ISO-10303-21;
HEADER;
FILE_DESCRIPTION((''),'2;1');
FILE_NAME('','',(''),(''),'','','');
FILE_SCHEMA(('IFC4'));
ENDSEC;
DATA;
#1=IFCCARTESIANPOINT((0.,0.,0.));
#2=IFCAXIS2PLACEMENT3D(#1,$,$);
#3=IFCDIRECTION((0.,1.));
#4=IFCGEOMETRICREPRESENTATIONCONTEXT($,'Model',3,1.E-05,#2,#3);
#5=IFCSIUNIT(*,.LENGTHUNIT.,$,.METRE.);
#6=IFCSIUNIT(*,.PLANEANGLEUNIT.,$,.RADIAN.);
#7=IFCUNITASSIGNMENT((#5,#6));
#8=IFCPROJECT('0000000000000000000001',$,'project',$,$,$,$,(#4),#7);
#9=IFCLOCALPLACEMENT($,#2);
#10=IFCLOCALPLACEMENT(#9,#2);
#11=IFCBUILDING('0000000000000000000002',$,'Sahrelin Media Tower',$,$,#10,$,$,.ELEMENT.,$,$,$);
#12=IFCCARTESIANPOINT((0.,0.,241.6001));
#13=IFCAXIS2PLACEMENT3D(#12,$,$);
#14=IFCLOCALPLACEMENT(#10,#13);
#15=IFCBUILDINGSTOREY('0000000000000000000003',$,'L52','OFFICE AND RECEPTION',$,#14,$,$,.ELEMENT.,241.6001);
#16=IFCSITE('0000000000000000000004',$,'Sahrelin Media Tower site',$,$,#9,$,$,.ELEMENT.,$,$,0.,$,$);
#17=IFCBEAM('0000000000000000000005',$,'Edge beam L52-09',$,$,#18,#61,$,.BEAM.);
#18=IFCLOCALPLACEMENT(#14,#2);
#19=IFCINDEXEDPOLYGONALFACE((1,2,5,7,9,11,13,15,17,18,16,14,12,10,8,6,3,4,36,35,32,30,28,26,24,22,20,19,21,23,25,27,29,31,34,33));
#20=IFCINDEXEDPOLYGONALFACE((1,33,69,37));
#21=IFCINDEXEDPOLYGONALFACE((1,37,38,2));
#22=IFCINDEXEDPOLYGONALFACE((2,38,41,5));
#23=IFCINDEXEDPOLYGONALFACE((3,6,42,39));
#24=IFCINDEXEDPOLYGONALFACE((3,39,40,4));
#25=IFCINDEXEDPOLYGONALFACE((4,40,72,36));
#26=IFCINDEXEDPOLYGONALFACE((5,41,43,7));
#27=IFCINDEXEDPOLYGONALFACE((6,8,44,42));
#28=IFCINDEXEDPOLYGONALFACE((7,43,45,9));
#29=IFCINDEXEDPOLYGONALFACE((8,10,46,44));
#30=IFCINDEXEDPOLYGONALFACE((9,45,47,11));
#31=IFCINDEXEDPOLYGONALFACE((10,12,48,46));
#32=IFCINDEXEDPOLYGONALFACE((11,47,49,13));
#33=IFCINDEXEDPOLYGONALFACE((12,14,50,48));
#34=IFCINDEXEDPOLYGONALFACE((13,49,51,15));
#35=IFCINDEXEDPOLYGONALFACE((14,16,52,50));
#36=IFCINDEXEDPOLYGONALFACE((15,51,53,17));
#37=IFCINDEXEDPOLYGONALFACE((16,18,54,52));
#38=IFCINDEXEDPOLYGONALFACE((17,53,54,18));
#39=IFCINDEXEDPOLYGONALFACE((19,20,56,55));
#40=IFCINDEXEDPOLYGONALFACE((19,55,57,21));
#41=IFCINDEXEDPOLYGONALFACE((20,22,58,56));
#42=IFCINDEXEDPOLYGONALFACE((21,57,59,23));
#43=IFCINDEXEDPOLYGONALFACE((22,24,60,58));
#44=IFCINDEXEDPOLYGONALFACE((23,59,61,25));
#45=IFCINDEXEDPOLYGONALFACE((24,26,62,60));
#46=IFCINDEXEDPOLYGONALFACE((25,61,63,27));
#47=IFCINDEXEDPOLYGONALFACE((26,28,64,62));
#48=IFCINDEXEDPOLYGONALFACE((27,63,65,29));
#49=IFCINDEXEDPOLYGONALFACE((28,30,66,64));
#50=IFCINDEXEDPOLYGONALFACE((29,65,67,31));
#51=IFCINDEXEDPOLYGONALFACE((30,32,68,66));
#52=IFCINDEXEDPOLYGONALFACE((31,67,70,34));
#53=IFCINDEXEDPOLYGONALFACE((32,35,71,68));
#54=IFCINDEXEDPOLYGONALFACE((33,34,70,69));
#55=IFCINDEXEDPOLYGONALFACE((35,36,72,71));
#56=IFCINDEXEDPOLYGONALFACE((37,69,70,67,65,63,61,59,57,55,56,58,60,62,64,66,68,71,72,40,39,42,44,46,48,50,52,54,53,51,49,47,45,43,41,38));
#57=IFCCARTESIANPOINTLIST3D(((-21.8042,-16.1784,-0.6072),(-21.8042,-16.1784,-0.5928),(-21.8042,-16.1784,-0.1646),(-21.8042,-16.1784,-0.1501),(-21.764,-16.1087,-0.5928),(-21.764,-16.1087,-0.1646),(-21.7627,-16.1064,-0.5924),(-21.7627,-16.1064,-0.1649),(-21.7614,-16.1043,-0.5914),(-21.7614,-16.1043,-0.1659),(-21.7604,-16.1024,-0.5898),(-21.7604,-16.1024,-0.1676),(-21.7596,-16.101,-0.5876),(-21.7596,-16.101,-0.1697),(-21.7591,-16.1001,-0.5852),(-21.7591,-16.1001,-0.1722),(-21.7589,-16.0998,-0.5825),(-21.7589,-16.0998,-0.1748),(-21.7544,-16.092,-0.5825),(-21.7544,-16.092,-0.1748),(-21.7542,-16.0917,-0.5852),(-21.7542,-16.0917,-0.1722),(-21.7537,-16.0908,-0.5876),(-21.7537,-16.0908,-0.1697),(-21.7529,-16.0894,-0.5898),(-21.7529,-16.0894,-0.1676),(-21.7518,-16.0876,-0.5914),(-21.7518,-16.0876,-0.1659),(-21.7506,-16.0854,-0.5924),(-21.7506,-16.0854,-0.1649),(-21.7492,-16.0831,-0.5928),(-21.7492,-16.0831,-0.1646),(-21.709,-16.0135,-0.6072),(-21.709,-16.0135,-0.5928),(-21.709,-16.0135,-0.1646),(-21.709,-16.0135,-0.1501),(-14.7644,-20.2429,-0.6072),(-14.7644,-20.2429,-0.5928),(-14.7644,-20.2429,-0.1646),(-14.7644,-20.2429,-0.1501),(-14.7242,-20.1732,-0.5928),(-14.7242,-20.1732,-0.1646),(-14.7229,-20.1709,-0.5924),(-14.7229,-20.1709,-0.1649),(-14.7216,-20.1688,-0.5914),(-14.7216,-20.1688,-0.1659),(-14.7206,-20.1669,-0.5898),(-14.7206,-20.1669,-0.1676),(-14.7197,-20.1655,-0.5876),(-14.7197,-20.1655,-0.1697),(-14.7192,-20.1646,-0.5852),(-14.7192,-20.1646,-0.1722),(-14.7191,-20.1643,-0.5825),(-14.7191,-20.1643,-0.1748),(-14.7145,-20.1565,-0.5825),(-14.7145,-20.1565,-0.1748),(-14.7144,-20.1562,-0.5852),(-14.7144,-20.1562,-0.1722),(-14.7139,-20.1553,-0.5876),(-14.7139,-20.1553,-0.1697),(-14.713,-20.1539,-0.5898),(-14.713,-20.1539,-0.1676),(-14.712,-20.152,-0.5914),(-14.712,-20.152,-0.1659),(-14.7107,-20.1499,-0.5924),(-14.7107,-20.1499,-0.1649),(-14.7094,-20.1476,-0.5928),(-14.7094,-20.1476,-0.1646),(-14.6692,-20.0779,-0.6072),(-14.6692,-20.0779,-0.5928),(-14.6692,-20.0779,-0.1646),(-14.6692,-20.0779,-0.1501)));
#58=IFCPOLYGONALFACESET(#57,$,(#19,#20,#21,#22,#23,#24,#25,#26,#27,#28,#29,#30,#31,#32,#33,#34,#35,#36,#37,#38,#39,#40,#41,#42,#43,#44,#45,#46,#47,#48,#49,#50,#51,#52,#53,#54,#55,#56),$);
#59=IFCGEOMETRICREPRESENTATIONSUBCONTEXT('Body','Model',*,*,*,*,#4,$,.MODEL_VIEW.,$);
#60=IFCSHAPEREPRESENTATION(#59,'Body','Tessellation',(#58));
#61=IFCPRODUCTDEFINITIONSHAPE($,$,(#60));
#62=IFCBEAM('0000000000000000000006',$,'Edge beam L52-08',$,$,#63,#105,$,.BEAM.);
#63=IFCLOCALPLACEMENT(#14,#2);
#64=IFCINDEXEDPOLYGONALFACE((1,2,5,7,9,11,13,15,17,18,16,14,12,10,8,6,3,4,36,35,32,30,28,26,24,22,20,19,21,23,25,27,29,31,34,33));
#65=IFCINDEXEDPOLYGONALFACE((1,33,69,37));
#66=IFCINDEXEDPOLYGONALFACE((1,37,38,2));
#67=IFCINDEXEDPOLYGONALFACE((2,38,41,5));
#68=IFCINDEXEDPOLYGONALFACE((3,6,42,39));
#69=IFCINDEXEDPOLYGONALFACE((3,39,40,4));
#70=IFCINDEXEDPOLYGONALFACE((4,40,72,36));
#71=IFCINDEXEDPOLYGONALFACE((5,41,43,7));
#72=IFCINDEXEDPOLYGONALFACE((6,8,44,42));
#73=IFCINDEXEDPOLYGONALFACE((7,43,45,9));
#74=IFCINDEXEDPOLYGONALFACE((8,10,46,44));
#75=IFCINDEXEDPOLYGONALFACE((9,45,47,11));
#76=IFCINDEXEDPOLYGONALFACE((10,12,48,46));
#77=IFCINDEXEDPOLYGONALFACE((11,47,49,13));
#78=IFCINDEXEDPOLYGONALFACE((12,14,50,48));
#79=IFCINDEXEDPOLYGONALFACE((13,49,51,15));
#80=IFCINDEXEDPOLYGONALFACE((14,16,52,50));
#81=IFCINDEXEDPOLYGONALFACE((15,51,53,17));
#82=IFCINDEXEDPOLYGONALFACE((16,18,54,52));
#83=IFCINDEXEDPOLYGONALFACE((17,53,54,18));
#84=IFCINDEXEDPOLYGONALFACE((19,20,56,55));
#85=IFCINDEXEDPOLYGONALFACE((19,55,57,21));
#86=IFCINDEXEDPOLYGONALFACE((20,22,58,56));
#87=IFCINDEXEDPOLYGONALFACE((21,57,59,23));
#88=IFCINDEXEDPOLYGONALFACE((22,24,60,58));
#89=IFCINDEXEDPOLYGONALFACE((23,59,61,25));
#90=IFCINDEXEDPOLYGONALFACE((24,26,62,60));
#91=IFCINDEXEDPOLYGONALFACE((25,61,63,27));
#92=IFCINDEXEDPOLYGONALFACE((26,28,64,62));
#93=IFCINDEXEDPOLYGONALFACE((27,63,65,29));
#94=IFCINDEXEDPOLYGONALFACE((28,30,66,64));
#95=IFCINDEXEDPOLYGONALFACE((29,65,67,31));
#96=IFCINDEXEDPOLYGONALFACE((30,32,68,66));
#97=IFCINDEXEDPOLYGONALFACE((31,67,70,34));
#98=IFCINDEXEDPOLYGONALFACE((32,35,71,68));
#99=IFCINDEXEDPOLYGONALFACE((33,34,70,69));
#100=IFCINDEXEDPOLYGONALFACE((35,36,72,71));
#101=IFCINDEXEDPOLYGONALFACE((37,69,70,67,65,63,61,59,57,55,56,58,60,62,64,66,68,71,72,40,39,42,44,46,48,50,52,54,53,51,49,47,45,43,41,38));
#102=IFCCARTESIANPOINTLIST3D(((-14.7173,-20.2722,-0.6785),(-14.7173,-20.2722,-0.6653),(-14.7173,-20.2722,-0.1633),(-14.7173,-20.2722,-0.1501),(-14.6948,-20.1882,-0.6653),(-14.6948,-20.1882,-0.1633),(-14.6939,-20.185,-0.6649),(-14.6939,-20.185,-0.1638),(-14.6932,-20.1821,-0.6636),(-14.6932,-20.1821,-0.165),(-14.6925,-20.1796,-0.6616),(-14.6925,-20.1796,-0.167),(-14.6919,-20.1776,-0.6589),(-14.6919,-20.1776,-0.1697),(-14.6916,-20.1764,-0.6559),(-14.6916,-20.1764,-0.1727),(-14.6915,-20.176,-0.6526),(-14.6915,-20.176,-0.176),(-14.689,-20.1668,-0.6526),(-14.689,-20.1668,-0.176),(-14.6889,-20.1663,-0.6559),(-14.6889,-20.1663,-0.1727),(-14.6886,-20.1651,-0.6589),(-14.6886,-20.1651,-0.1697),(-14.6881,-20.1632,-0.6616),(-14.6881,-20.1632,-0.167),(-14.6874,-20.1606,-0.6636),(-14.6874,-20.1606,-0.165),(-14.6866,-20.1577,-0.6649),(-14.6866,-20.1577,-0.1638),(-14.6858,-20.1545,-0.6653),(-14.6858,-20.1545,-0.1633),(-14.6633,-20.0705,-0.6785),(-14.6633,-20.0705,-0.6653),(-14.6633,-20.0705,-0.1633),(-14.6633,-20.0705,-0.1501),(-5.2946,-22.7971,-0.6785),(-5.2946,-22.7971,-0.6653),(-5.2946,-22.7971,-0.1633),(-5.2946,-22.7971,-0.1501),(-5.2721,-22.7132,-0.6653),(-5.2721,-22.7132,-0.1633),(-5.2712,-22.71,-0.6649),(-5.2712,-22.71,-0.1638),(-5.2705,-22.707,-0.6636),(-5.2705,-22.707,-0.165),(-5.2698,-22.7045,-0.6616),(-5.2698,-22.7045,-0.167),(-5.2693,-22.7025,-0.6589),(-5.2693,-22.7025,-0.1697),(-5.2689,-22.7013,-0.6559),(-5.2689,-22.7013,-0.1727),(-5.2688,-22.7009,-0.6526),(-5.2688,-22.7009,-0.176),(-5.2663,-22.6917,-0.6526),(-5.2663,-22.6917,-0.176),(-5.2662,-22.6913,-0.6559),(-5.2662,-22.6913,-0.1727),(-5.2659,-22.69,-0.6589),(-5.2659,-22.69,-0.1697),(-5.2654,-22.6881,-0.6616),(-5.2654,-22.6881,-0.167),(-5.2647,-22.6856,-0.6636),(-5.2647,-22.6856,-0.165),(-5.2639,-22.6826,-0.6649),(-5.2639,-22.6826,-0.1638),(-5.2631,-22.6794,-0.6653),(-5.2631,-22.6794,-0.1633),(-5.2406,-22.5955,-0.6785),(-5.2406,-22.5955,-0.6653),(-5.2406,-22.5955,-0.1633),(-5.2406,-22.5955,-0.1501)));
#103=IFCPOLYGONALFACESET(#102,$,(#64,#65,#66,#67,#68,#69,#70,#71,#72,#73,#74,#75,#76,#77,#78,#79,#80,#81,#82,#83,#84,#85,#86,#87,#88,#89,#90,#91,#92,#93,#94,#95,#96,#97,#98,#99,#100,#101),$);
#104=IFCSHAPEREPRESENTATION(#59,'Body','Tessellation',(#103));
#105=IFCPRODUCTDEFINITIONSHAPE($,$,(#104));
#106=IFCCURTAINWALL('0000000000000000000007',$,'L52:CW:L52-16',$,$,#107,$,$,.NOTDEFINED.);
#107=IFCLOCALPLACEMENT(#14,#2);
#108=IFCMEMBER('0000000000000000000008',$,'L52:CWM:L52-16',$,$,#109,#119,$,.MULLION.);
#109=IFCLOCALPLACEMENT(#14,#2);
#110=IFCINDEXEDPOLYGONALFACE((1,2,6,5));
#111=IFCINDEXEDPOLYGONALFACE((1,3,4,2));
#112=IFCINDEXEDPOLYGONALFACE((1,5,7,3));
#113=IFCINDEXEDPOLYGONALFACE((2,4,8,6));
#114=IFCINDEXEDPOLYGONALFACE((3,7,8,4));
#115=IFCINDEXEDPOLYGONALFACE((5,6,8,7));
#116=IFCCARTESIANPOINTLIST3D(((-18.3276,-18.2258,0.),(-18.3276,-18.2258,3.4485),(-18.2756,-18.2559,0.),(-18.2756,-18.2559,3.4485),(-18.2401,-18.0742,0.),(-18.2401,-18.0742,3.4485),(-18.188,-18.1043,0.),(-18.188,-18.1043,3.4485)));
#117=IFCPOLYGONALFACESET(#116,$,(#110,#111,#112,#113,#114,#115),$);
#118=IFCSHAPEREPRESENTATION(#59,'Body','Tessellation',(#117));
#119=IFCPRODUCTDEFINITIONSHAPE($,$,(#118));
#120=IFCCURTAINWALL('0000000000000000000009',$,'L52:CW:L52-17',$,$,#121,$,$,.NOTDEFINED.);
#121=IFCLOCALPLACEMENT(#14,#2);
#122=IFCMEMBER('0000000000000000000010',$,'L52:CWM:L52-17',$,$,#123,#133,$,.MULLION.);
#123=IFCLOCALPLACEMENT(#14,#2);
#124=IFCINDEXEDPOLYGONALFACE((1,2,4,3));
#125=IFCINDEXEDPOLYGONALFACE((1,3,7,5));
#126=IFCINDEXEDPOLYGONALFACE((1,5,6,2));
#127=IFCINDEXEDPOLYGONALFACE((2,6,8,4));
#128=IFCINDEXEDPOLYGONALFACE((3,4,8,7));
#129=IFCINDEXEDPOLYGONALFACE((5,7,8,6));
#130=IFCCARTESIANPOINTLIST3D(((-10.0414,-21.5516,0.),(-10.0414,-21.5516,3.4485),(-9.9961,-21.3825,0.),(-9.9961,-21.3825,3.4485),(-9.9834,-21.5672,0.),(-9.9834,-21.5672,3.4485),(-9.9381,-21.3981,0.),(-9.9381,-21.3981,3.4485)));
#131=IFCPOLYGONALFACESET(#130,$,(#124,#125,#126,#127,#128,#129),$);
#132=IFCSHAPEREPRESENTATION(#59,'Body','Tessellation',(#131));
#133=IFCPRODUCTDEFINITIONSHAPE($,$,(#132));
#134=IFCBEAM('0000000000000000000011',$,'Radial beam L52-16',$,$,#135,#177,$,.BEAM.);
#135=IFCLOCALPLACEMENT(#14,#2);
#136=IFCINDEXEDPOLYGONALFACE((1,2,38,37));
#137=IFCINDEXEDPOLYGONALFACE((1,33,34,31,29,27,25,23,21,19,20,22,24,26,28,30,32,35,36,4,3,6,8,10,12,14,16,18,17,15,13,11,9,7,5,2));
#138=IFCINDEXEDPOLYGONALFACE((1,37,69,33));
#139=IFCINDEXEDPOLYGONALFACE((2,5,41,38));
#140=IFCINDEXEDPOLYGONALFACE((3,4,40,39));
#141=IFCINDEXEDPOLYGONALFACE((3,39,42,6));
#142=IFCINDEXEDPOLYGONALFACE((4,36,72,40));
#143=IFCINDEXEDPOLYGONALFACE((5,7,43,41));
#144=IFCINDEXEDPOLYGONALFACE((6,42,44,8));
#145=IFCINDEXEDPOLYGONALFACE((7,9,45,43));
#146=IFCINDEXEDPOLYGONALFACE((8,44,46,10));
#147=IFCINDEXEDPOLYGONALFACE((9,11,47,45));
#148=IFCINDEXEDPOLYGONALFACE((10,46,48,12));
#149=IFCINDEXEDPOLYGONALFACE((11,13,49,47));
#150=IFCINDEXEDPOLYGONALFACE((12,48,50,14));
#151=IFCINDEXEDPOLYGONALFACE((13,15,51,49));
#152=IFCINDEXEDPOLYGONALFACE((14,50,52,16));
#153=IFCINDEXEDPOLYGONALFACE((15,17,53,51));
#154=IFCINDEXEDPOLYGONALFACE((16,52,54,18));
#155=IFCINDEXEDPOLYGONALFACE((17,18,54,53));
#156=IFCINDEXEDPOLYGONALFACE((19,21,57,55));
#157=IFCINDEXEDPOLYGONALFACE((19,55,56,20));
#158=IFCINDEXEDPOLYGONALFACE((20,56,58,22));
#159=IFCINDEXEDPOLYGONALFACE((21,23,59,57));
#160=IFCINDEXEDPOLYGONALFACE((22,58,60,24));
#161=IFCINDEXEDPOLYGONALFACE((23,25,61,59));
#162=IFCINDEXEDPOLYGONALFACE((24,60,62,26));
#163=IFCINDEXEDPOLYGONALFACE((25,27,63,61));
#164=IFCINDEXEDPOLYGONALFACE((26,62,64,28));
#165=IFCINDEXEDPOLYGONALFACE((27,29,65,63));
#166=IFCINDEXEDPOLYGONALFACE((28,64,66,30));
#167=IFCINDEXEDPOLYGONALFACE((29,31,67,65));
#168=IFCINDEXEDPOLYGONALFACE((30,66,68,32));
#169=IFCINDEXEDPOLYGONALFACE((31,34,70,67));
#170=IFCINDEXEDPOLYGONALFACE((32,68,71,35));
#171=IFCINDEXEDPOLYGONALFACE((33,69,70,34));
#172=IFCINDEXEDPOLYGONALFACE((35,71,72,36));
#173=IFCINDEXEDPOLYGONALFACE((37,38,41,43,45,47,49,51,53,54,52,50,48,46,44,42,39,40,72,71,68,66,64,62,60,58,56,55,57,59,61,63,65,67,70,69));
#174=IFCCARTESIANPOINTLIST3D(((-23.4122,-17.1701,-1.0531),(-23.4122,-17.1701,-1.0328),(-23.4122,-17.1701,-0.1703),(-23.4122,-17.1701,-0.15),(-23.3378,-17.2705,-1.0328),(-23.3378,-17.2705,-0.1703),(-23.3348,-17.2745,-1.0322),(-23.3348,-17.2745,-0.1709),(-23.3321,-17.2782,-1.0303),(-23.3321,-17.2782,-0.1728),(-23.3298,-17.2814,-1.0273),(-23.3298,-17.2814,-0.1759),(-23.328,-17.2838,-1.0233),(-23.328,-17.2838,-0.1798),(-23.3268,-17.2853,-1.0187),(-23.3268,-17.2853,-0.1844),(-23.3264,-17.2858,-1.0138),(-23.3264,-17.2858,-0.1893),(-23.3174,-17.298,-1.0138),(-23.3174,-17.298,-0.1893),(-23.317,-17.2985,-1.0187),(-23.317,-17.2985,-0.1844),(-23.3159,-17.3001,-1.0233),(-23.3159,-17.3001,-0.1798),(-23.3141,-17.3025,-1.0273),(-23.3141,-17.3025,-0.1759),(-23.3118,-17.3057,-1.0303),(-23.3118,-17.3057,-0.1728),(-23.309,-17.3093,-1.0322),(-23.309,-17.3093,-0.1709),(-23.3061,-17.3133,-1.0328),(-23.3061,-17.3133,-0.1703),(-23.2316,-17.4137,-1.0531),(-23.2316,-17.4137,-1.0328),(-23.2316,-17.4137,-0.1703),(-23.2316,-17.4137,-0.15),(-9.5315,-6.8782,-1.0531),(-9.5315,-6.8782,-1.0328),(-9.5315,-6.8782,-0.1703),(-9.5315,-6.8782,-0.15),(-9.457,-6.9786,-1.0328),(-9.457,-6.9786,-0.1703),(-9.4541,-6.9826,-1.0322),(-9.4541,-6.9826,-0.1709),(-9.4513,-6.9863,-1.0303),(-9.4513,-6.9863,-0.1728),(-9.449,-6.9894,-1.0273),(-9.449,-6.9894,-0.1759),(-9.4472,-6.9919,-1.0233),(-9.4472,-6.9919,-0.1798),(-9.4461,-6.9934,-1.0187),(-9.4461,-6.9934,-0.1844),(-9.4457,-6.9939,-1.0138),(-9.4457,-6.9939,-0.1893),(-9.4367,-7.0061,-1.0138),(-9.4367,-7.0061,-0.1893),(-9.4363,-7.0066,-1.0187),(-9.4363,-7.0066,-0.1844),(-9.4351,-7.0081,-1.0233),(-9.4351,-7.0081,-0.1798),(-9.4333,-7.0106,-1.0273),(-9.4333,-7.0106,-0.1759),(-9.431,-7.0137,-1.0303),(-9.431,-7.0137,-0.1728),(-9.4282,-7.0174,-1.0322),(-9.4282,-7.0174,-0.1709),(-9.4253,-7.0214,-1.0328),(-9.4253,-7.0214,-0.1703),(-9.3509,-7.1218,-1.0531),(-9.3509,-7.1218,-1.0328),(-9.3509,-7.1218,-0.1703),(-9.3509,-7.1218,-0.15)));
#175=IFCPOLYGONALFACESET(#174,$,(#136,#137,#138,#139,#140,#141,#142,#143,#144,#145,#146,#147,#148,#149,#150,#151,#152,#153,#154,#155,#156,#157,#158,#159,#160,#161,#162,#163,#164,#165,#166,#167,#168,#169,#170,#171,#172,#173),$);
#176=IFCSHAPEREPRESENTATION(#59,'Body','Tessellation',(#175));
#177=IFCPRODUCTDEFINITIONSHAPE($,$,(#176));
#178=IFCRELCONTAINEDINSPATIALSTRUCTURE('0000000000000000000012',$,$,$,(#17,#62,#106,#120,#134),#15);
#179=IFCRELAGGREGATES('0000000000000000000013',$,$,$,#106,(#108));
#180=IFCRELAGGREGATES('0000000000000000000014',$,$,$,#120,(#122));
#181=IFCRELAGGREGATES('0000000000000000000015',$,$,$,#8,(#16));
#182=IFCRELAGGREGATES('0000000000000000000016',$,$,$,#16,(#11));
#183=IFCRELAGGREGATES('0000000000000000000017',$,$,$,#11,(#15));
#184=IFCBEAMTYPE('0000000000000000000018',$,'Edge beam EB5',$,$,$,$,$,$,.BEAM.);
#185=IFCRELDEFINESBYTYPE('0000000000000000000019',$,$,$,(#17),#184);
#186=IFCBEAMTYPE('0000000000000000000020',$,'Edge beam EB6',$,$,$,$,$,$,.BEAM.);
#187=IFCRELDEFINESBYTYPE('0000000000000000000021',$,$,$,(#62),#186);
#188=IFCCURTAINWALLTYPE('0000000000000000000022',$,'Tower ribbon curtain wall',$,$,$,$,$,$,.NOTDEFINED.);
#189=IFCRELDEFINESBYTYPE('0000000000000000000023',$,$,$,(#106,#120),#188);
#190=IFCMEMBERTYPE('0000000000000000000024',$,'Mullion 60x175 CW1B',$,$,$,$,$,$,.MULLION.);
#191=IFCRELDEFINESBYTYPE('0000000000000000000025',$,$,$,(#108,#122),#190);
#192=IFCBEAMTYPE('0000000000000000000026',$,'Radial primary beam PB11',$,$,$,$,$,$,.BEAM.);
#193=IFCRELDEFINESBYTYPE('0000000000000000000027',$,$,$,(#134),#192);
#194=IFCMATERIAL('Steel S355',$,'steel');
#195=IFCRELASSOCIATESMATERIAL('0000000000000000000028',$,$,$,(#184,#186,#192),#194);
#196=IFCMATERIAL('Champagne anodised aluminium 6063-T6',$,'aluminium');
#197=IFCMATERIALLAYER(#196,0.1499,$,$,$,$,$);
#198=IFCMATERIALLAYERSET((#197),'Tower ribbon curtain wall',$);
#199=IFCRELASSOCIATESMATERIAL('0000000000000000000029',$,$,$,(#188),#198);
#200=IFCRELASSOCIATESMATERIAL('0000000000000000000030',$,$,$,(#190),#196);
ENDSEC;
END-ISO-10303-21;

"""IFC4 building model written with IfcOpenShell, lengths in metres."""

from ifc_helpers import new_model, si_unit, direction, frame, origin, origin_2d, place, context, subcontext, project, spatial, rectangle, i_section, extrude, material, layer, layer_set, material_profile, profile_set, type_object, element, aggregate, save


model = new_model("IFC4")

# Units and contexts
model_context = context("Model", 3, precision=1e-05, world=origin(), true_north=direction((0.0, 1.0)))
body_context = subcontext(model_context, "Body", "Model", "MODEL_VIEW")
ifc_project = project(units=[si_unit("LENGTHUNIT", "METRE"), si_unit("PLANEANGLEUNIT", "RADIAN")], contexts=[model_context])

# Site, building, storey
site_placement = place(None, origin())
site = spatial("IfcSite", under=ifc_project, at=site_placement, Name="Sahrelin Media Tower site", CompositionType="ELEMENT", RefElevation=0.0)
building_placement = place(site_placement, origin())
building = spatial("IfcBuilding", under=site, at=building_placement, Name="Sahrelin Media Tower", CompositionType="ELEMENT")
storey_placement = place(building_placement, frame((0.0, 0.0, 241.6001)))
storey = spatial("IfcBuildingStorey", under=building, at=storey_placement, Name="L52", Description="OFFICE AND RECEPTION", CompositionType="ELEMENT", Elevation=241.6001)

# Beams
ifc_material_1 = material(Name="Steel S355", Category="steel")
ifc_material_profile_1 = material_profile(ifc_material_1, i_section(OverallWidth=0.1904, OverallDepth=0.457, WebThickness=0.009, FlangeThickness=0.0144, FilletRadius=0.0103, at=origin_2d()), Name="UB 457x191x74")
ifc_profile_set_1 = profile_set([ifc_material_profile_1], Name="Steel S355")
beam_type_1 = type_object("IfcBeamType", Name="Edge beam EB5", PredefinedType="BEAM", material=ifc_profile_set_1)
beam_1_placement = place(storey_placement, frame((-14.7168, -20.1604, -0.3787), z_axis=(-0.866024, 0.500002, 0.0), x_axis=(-0.500002, -0.866024, 0.0)))
element("IfcBeam", 1, at=beam_1_placement, inside=storey, type_object=beam_type_1, Name="Edge beam L52-09", PredefinedType="BEAM", context=body_context, shape_type="SweptSolid", body=[
    extrude(i_section(OverallWidth=0.1904, OverallDepth=0.457, WebThickness=0.009, FlangeThickness=0.0144, FilletRadius=0.0103, at=origin_2d()), origin(), (0.0, 0.0, 1.0), 8.1289),
])
ifc_material_profile_2 = material_profile(ifc_material_1, i_section(OverallWidth=0.2087, OverallDepth=0.5283, WebThickness=0.0095, FlangeThickness=0.0132, FilletRadius=0.0127, at=origin_2d()), Name="UB 533x210x82")
ifc_profile_set_2 = profile_set([ifc_material_profile_2], Name="Steel S355")
beam_type_2 = type_object("IfcBeamType", Name="Edge beam EB6", PredefinedType="BEAM", material=ifc_profile_set_2)
beam_2_placement = place(storey_placement, frame((-5.2676, -22.6963, -0.4143), z_axis=(-0.965923, 0.258831, 0.0), x_axis=(-0.258831, -0.965923, 0.0)))
element("IfcBeam", 2, at=beam_2_placement, inside=storey, type_object=beam_type_2, Name="Edge beam L52-08", PredefinedType="BEAM", context=body_context, shape_type="SweptSolid", body=[
    extrude(i_section(OverallWidth=0.2087, OverallDepth=0.5283, WebThickness=0.0095, FlangeThickness=0.0132, FilletRadius=0.0127, at=origin_2d()), origin(), (0.0, 0.0, 1.0), 9.7551),
])

# Curtain walls, members
ifc_material_2 = material(Name="Champagne anodised aluminium 6063-T6", Category="aluminium")
ifc_layer_1 = layer(ifc_material_2, 0.1499)
ifc_layer_set_1 = layer_set([ifc_layer_1], Name="Tower ribbon curtain wall")
curtain_wall_type = type_object("IfcCurtainWallType", Name="Tower ribbon curtain wall", PredefinedType="NOTDEFINED", material=ifc_layer_set_1)
curtain_wall_1_placement = place(storey_placement, frame((-18.3115, -18.2583, 0.0), z_axis=(0.0, 0.0, 1.0), x_axis=(1.0, 0.0, 0.0)))
curtain_wall_1 = element("IfcCurtainWall", 3, at=curtain_wall_1_placement, inside=storey, type_object=curtain_wall_type, Name="L52:CW:L52-16", PredefinedType="NOTDEFINED")
ifc_material_profile_3 = material_profile(ifc_material_2, rectangle(XDim=0.0601, YDim=0.175, at=origin_2d()), Name="Mullion 60x175")
ifc_profile_set_3 = profile_set([ifc_material_profile_3], Name="Champagne anodised aluminium 6063-T6")
member_type_1 = type_object("IfcMemberType", Name="Mullion 60x175 CW1B", PredefinedType="MULLION", material=ifc_profile_set_3)
member_1_placement = place(storey_placement, frame((-18.2578, -18.165, 0.0), z_axis=(0.0, 0.0, 1.0), x_axis=(0.866027, -0.499997, 0.0)))
member_1 = element("IfcMember", 4, at=member_1_placement, type_object=member_type_1, Name="L52:CWM:L52-16", PredefinedType="MULLION", context=body_context, shape_type="SweptSolid", body=[
    extrude(rectangle(XDim=0.0601, YDim=0.175, at=origin_2d()), origin(), (0.0, 0.0, 1.0), 3.4485),
])
aggregate(curtain_wall_1, [member_1])
curtain_wall_2_placement = place(storey_placement, frame((-10.0176, -21.5786, 0.0), z_axis=(0.0, 0.0, 1.0), x_axis=(1.0, 0.0, 0.0)))
curtain_wall_2 = element("IfcCurtainWall", 5, at=curtain_wall_2_placement, inside=storey, type_object=curtain_wall_type, Name="L52:CW:L52-17", PredefinedType="NOTDEFINED")
member_2_placement = place(storey_placement, frame((-9.9897, -21.4749, 0.0), z_axis=(0.0, 0.0, 1.0), x_axis=(0.965925, -0.258821, 0.0)))
member_2 = element("IfcMember", 6, at=member_2_placement, type_object=member_type_1, Name="L52:CWM:L52-17", PredefinedType="MULLION", context=body_context, shape_type="SweptSolid", body=[
    extrude(rectangle(XDim=0.0601, YDim=0.175, at=origin_2d()), origin(), (0.0, 0.0, 1.0), 3.4485),
])

# Beam
ifc_material_profile_4 = material_profile(ifc_material_1, i_section(OverallWidth=0.3032, OverallDepth=0.9031, WebThickness=0.0151, FlangeThickness=0.0203, FilletRadius=0.019, at=origin_2d()), Name="UB 914x305x201")
ifc_profile_set_4 = profile_set([ifc_material_profile_4], Name="Steel S355")
beam_type_3 = type_object("IfcBeamType", Name="Radial primary beam PB11", PredefinedType="BEAM", material=ifc_profile_set_4)
beam_3_placement = place(storey_placement, frame((-9.4412, -7.0, -0.6016), z_axis=(-0.803284, -0.595596, 0.0), x_axis=(0.595596, -0.803284, 0.0)))
element("IfcBeam", 7, at=beam_3_placement, inside=storey, type_object=beam_type_3, Name="Radial beam L52-16", PredefinedType="BEAM", context=body_context, shape_type="SweptSolid", body=[
    extrude(i_section(OverallWidth=0.3032, OverallDepth=0.9031, WebThickness=0.0151, FlangeThickness=0.0203, FilletRadius=0.019, at=origin_2d()), origin(), (0.0, 0.0, 1.0), 17.28),
])

aggregate(curtain_wall_2, [member_2])

save(model, "model.ifc")
